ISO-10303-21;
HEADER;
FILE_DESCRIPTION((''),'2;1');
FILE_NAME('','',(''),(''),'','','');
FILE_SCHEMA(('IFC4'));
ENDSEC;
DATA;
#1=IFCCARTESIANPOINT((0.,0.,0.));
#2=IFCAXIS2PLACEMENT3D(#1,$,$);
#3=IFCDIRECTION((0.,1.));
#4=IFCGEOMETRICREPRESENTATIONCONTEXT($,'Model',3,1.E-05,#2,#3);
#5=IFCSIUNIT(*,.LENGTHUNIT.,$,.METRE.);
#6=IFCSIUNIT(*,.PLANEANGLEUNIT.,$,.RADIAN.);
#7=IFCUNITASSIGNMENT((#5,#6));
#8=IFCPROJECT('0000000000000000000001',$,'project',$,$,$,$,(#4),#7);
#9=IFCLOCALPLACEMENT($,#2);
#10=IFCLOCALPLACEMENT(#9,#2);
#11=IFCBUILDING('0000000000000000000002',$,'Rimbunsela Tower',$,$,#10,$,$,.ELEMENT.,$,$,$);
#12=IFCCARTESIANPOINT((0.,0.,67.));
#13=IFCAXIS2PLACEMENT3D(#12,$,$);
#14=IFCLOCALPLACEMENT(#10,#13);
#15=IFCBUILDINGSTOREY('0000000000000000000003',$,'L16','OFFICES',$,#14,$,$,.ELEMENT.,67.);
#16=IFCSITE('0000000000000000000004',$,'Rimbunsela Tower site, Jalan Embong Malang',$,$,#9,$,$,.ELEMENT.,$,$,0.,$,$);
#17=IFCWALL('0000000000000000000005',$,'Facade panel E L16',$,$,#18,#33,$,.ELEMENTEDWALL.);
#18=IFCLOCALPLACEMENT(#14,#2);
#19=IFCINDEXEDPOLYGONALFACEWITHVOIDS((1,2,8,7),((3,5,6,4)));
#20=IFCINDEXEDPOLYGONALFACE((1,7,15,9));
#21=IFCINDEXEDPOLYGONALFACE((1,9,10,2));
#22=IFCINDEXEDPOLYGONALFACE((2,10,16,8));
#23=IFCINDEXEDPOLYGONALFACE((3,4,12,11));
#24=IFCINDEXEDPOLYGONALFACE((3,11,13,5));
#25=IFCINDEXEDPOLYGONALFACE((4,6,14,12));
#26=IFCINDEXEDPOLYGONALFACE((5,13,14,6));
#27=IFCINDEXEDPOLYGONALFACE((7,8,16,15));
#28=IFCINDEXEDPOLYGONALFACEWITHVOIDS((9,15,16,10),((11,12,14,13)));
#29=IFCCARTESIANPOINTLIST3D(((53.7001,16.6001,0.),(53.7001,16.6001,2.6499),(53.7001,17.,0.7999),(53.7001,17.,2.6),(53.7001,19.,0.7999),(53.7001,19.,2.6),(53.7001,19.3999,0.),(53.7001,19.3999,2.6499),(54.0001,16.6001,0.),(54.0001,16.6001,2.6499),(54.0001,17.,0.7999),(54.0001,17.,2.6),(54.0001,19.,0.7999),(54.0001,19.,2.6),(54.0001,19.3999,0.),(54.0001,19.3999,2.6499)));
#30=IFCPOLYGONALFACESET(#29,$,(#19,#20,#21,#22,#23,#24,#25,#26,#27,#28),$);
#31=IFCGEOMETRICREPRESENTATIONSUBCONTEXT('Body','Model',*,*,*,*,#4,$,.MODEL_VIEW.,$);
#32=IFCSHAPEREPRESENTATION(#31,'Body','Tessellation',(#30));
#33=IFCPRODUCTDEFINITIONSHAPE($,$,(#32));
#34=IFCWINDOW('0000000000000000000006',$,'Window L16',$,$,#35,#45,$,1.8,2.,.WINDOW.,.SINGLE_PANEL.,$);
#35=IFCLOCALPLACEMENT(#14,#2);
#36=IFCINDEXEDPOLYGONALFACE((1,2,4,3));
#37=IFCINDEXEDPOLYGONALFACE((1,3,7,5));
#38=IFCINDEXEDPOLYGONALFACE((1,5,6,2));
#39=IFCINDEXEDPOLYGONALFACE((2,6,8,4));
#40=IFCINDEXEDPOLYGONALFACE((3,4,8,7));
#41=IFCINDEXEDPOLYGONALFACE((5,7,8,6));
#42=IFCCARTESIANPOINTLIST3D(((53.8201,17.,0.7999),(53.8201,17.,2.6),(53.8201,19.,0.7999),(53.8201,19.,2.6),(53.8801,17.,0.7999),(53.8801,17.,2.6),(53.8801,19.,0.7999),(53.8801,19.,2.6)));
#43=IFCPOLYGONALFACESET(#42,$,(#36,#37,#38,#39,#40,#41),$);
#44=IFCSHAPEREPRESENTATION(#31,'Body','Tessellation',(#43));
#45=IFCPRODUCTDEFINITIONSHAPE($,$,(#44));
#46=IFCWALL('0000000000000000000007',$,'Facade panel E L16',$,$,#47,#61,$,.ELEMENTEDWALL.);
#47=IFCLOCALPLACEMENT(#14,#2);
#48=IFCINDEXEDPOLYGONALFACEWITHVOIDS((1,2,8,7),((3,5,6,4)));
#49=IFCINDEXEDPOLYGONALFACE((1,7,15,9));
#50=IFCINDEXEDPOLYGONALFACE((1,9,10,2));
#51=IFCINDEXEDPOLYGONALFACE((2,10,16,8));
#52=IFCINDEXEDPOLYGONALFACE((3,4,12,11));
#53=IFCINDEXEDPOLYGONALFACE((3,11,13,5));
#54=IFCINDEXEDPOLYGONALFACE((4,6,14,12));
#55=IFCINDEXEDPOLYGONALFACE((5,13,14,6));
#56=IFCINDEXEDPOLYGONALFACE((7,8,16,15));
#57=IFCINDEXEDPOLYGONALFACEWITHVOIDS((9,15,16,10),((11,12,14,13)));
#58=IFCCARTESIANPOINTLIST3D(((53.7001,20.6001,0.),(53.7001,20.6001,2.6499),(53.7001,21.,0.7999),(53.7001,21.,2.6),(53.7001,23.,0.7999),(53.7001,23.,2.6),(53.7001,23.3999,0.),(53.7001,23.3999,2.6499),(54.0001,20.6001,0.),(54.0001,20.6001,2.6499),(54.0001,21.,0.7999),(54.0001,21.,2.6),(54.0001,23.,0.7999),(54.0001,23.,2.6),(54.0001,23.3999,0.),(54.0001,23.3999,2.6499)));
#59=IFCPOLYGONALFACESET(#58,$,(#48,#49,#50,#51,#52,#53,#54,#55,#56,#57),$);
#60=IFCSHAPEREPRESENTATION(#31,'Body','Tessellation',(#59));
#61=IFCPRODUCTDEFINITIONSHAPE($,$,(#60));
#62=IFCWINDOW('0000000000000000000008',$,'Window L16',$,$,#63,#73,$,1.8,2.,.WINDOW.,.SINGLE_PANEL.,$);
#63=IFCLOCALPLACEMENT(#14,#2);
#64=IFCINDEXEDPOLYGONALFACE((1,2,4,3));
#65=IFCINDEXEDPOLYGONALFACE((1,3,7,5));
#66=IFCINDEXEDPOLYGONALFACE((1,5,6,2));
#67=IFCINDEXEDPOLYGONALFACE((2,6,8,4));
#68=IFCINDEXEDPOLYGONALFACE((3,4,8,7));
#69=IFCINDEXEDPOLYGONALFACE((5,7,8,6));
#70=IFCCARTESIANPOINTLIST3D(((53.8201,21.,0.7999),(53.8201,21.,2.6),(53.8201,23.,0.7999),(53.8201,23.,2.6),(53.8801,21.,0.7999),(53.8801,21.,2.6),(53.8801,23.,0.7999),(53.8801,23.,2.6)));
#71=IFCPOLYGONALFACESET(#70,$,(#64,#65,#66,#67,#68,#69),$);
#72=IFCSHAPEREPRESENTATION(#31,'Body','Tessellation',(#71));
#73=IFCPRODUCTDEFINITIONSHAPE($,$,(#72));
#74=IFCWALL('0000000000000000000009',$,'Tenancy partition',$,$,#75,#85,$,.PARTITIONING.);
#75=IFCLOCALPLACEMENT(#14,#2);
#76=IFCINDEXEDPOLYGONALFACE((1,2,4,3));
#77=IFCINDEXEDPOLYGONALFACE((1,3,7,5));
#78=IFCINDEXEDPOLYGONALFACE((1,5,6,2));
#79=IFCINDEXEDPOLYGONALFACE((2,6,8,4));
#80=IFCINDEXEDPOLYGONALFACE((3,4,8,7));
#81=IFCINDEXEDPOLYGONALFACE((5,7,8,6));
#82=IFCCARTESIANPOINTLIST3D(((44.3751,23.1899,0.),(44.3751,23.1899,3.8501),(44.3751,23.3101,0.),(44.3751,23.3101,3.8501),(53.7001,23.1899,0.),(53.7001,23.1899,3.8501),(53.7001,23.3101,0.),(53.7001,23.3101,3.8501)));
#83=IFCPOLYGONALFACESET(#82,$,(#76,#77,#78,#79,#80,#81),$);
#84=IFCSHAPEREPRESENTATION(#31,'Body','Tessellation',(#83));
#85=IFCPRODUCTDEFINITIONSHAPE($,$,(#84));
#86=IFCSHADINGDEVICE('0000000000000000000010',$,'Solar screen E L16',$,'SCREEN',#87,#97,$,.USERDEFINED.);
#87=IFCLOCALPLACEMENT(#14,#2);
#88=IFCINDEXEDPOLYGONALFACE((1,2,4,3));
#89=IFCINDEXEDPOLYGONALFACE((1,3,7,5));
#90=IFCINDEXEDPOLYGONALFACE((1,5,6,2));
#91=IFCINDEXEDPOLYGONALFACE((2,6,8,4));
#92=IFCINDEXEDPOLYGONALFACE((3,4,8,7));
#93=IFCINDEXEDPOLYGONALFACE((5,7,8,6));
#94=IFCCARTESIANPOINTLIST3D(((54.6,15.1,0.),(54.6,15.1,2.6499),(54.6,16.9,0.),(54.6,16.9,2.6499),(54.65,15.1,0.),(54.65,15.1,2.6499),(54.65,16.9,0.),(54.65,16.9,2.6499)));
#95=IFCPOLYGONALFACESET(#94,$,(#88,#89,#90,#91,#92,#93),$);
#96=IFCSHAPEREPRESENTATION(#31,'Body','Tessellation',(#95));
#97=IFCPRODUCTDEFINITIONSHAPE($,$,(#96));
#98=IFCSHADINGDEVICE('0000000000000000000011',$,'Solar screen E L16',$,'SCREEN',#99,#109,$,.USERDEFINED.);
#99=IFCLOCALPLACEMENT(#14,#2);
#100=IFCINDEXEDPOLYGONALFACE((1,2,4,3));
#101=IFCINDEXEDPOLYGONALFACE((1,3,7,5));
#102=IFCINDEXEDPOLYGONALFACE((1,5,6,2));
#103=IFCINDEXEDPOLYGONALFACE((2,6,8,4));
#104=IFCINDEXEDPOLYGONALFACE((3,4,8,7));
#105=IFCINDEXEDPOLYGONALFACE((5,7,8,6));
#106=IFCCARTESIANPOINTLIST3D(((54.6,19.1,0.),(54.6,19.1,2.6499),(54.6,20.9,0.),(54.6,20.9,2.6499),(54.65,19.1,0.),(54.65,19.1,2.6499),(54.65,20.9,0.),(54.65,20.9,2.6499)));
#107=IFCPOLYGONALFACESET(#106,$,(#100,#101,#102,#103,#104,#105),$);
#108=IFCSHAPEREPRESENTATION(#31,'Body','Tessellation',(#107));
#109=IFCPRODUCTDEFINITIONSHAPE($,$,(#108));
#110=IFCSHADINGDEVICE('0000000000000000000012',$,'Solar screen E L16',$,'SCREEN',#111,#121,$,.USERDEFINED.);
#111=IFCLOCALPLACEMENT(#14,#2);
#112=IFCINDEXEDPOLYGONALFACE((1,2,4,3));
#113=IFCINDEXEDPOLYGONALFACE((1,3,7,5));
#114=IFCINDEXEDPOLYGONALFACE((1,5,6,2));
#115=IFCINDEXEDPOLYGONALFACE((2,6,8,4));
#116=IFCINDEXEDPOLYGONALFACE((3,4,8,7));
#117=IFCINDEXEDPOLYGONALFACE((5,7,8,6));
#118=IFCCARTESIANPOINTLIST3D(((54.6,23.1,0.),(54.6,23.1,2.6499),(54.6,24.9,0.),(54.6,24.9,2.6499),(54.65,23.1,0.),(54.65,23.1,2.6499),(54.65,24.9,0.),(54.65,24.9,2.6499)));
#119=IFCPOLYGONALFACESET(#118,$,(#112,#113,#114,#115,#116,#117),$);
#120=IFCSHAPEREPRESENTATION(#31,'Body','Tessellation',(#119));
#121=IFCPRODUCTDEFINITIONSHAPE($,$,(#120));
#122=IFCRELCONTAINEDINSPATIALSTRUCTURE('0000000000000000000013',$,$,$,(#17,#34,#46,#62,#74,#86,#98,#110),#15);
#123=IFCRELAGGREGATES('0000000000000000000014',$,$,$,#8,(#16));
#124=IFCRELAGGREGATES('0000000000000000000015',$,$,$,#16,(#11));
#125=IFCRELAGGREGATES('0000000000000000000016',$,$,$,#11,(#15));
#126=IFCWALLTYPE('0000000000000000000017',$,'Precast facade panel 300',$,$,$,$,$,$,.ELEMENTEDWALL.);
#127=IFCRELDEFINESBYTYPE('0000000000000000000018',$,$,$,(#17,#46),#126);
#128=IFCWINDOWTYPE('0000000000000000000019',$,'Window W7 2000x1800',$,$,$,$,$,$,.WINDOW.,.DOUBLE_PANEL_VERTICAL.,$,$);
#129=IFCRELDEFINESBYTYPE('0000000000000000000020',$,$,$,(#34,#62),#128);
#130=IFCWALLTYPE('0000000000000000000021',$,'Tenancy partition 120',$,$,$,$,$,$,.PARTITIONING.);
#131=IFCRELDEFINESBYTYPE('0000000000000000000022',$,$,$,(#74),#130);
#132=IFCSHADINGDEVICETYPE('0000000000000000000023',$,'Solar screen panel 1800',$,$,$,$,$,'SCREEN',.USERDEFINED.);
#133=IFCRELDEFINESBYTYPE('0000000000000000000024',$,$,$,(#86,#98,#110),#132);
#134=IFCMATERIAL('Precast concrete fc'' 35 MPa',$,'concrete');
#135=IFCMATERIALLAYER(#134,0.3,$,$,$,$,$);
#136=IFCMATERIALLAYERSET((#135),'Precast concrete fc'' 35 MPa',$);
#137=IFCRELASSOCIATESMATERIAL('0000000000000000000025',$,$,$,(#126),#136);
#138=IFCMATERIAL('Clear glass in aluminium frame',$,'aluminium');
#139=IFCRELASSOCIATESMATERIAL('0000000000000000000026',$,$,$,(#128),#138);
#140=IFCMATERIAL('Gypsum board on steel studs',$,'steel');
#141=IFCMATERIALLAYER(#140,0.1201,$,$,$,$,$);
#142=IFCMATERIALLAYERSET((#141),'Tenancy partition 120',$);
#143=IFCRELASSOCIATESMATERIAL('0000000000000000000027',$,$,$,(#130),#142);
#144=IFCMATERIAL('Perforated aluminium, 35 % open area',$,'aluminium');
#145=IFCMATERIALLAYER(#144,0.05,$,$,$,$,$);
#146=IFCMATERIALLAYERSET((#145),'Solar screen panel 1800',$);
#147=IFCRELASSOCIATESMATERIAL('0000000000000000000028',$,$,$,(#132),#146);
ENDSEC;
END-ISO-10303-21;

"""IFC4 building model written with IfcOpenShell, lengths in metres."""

from ifc_helpers import new_model, si_unit, direction, frame, frame_2d, origin, origin_2d, place, context, subcontext, project, spatial, rectangle, extrude, material, layer, layer_set, type_object, element, fill, save


model = new_model("IFC4")

# Units and contexts
model_context = context("Model", 3, precision=1e-05, world=origin(), true_north=direction((0.0, 1.0)))
body_context = subcontext(model_context, "Body", "Model", "MODEL_VIEW")
ifc_project = project(units=[si_unit("LENGTHUNIT", "METRE"), si_unit("PLANEANGLEUNIT", "RADIAN")], contexts=[model_context])

# Site, building, storey
site_placement = place(None, origin())
site = spatial("IfcSite", under=ifc_project, at=site_placement, Name="Rimbunsela Tower site, Jalan Embong Malang", CompositionType="ELEMENT", RefElevation=0.0)
building_placement = place(site_placement, origin())
building = spatial("IfcBuilding", under=site, at=building_placement, Name="Rimbunsela Tower", CompositionType="ELEMENT")
storey_placement = place(building_placement, frame((0.0, 0.0, 67.0)))
storey = spatial("IfcBuildingStorey", under=building, at=storey_placement, Name="L16", Description="OFFICES", CompositionType="ELEMENT", Elevation=67.0)

# Walls, openings, windows
ifc_material_1 = material(Name="Precast concrete fc' 35 MPa", Category="concrete")
ifc_layer_1 = layer(ifc_material_1, 0.3)
ifc_layer_set_1 = layer_set([ifc_layer_1], Name="Precast concrete fc' 35 MPa")
wall_type_1 = type_object("IfcWallType", Name="Precast facade panel 300", PredefinedType="ELEMENTEDWALL", material=ifc_layer_set_1)
wall_1_placement = place(storey_placement, frame((53.8501, 16.6001, 0.0), z_axis=(0.0, 0.0, 1.0), x_axis=(0.0, 1.0, 0.0)))
wall_1 = element("IfcWall", 1, at=wall_1_placement, inside=storey, type_object=wall_type_1, Name="Facade panel E L16", PredefinedType="ELEMENTEDWALL", context=body_context, shape_type="SweptSolid", body=[
    extrude(rectangle(XDim=2.7998, YDim=0.3, at=frame_2d((1.3999, 0.0))), origin(), (0.0, 0.0, 1.0), 2.6499),
])
opening_1_placement = place(wall_1_placement, frame((0.3999, 0.0, 0.8)))
opening_1 = element("IfcOpeningElement", 2, at=opening_1_placement, cuts=wall_1, PredefinedType="OPENING", context=body_context, shape_type="SweptSolid", body=[
    extrude(rectangle(XDim=2.0, YDim=1.8, at=frame_2d((1.0, 0.8999))), frame((0.0, 0.1599, 0.0), z_axis=(0.0, -1.0, 0.0), x_axis=(1.0, 0.0, 0.0)), (0.0, 0.0, 1.0), 0.3201),
])
ifc_material_2 = material(Name="Clear glass in aluminium frame", Category="aluminium")
window_type = type_object("IfcWindowType", Name="Window W7 2000x1800", PartitioningType="DOUBLE_PANEL_VERTICAL", PredefinedType="WINDOW", material=ifc_material_2)
window_1_placement = place(opening_1_placement, origin())
window_1 = element("IfcWindow", 3, at=window_1_placement, inside=storey, type_object=window_type, Name="Window L16", OverallHeight=1.8, OverallWidth=2.0, PartitioningType="SINGLE_PANEL", PredefinedType="WINDOW", context=body_context, shape_type="SweptSolid", body=[
    extrude(rectangle(XDim=2.0, YDim=1.8, at=frame_2d((1.0, 0.8999))), frame((0.0, 0.03, 0.0), z_axis=(0.0, -1.0, 0.0), x_axis=(1.0, 0.0, 0.0)), (0.0, 0.0, 1.0), 0.0601),
])
fill(opening_1, window_1)
wall_2_placement = place(storey_placement, frame((53.8501, 20.6001, 0.0), z_axis=(0.0, 0.0, 1.0), x_axis=(0.0, 1.0, 0.0)))
wall_2 = element("IfcWall", 4, at=wall_2_placement, inside=storey, type_object=wall_type_1, Name="Facade panel E L16", PredefinedType="ELEMENTEDWALL", context=body_context, shape_type="SweptSolid", body=[
    extrude(rectangle(XDim=2.7998, YDim=0.3, at=frame_2d((1.3999, 0.0))), origin(), (0.0, 0.0, 1.0), 2.6499),
])
opening_2_placement = place(wall_2_placement, frame((0.3999, 0.0, 0.8)))
opening_2 = element("IfcOpeningElement", 5, at=opening_2_placement, cuts=wall_2, PredefinedType="OPENING", context=body_context, shape_type="SweptSolid", body=[
    extrude(rectangle(XDim=2.0, YDim=1.8, at=frame_2d((1.0, 0.8999))), frame((0.0, 0.1599, 0.0), z_axis=(0.0, -1.0, 0.0), x_axis=(1.0, 0.0, 0.0)), (0.0, 0.0, 1.0), 0.3201),
])
window_2_placement = place(opening_2_placement, origin())
window_2 = element("IfcWindow", 6, at=window_2_placement, inside=storey, type_object=window_type, Name="Window L16", OverallHeight=1.8, OverallWidth=2.0, PartitioningType="SINGLE_PANEL", PredefinedType="WINDOW", context=body_context, shape_type="SweptSolid", body=[
    extrude(rectangle(XDim=2.0, YDim=1.8, at=frame_2d((1.0, 0.8999))), frame((0.0, 0.03, 0.0), z_axis=(0.0, -1.0, 0.0), x_axis=(1.0, 0.0, 0.0)), (0.0, 0.0, 1.0), 0.0601),
])
fill(opening_2, window_2)

# Wall
ifc_material_3 = material(Name="Gypsum board on steel studs", Category="steel")
ifc_layer_2 = layer(ifc_material_3, 0.1201)
ifc_layer_set_2 = layer_set([ifc_layer_2], Name="Tenancy partition 120")
wall_type_2 = type_object("IfcWallType", Name="Tenancy partition 120", PredefinedType="PARTITIONING", material=ifc_layer_set_2)
wall_3_placement = place(storey_placement, frame((44.375, 23.25, 0.0), z_axis=(0.0, 0.0, 1.0), x_axis=(1.0, 0.0, 0.0)))
element("IfcWall", 7, at=wall_3_placement, inside=storey, type_object=wall_type_2, Name="Tenancy partition", PredefinedType="PARTITIONING", context=body_context, shape_type="SweptSolid", body=[
    extrude(rectangle(XDim=9.325, YDim=0.1201, at=frame_2d((4.6626, 0.0))), origin(), (0.0, 0.0, 1.0), 3.8501),
])

# Shading devices
ifc_material_4 = material(Name="Perforated aluminium, 35 % open area", Category="aluminium")
ifc_layer_3 = layer(ifc_material_4, 0.05)
ifc_layer_set_3 = layer_set([ifc_layer_3], Name="Solar screen panel 1800")
shading_device_type = type_object("IfcShadingDeviceType", Name="Solar screen panel 1800", ElementType="SCREEN", PredefinedType="USERDEFINED", material=ifc_layer_set_3)
for number, where, z_axis, x_axis, name in (
    (8, (54.625, 16.0, 0.0), (0.0, 0.0, 1.0), (0.0, 1.0, 0.0), "Solar screen E L16"),
    (9, (54.625, 20.0, 0.0), (0.0, 0.0, 1.0), (0.0, 1.0, 0.0), "Solar screen E L16"),
    (10, (54.625, 24.0, 0.0), (0.0, 0.0, 1.0), (0.0, 1.0, 0.0), "Solar screen E L16"),
):
    element("IfcShadingDevice", number, at=place(storey_placement, frame(where, z_axis=z_axis, x_axis=x_axis)), inside=storey, type_object=shading_device_type, Name=name, ObjectType="SCREEN", PredefinedType="USERDEFINED", context=body_context, shape_type="SweptSolid", body=[
        extrude(rectangle(XDim=1.8, YDim=0.05, at=origin_2d()), origin(), (0.0, 0.0, 1.0), 2.6499),
    ])

save(model, "model.ifc")
